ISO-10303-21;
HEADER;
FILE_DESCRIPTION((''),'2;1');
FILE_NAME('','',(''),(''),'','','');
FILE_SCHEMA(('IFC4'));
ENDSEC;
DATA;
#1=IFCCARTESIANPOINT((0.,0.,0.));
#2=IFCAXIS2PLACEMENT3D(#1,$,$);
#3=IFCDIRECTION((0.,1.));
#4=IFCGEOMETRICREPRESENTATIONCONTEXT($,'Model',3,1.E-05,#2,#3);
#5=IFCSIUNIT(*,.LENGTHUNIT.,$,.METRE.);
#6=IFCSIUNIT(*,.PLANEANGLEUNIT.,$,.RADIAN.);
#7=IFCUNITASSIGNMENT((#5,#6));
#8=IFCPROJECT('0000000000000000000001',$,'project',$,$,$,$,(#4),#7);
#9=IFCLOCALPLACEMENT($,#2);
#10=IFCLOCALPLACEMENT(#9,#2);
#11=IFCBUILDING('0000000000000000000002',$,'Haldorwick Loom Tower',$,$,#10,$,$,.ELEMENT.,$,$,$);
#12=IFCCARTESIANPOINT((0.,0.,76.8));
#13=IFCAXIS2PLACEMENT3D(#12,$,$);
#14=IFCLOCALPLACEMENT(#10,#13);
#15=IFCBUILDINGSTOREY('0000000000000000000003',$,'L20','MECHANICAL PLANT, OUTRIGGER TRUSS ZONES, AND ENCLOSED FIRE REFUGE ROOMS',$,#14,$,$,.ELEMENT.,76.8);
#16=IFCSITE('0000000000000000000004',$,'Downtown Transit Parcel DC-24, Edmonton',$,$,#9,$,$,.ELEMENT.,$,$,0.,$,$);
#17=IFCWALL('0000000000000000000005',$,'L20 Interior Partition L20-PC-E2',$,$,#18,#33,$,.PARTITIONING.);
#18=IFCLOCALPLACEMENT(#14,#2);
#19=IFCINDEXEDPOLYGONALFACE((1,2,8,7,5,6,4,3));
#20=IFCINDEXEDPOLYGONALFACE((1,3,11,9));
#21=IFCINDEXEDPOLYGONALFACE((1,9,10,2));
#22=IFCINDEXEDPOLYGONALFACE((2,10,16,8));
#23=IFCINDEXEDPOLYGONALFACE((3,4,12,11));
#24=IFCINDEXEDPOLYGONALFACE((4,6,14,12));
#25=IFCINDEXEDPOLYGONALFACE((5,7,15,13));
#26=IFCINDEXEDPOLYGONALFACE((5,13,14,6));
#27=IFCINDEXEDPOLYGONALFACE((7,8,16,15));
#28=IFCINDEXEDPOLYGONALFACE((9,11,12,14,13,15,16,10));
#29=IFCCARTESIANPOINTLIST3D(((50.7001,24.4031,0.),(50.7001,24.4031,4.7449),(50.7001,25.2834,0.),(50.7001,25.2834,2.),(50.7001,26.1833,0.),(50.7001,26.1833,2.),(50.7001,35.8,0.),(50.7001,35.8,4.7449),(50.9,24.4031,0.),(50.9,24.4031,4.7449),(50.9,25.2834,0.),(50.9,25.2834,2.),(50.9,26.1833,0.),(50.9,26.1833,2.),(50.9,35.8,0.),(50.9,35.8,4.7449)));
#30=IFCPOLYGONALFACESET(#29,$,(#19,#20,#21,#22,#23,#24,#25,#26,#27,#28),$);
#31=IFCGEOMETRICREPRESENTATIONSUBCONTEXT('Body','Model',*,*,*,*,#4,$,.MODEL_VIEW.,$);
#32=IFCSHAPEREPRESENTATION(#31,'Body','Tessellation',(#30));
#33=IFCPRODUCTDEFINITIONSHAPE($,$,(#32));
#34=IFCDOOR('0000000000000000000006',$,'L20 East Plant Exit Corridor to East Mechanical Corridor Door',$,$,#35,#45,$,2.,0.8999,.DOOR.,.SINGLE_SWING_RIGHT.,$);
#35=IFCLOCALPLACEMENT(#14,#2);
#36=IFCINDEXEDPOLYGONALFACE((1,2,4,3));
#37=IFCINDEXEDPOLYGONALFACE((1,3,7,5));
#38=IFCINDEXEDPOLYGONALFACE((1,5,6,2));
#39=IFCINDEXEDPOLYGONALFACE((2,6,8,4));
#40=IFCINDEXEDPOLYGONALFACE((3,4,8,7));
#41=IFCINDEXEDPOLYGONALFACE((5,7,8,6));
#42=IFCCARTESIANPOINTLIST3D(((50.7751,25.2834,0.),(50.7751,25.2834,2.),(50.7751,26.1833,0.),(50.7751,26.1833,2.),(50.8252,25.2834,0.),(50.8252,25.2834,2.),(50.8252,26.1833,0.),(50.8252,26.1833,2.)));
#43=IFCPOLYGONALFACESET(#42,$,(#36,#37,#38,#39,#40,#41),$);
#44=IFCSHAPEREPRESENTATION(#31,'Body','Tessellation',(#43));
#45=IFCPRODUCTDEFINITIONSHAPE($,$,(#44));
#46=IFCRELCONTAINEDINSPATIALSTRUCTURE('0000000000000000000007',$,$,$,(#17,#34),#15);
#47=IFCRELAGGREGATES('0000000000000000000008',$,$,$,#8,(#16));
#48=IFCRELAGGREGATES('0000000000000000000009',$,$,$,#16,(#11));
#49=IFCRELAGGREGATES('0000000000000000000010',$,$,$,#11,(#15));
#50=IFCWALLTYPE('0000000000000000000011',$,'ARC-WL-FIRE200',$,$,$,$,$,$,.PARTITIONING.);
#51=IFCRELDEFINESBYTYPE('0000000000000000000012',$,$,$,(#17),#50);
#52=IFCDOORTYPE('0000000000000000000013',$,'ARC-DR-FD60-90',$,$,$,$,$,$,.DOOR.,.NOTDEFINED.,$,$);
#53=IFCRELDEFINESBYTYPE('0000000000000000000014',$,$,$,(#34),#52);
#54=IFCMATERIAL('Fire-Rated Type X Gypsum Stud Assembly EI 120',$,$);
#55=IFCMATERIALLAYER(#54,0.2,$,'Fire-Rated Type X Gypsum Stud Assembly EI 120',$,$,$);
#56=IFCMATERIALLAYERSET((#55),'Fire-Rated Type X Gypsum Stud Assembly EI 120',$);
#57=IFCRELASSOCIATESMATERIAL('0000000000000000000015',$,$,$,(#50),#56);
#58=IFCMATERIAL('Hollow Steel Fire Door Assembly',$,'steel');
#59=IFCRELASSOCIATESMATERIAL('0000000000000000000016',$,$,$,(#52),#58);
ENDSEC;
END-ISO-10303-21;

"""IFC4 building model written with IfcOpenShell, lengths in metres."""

from ifc_helpers import new_model, si_unit, direction, frame, frame_2d, origin, place, context, subcontext, project, spatial, rectangle, extrude, material, layer, layer_set, type_object, element, fill, save


model = new_model("IFC4")

# Units and contexts
model_context = context("Model", 3, precision=1e-05, world=origin(), true_north=direction((0.0, 1.0)))
body_context = subcontext(model_context, "Body", "Model", "MODEL_VIEW")
ifc_project = project(units=[si_unit("LENGTHUNIT", "METRE"), si_unit("PLANEANGLEUNIT", "RADIAN")], contexts=[model_context])

# Site, building, storey
site_placement = place(None, origin())
site = spatial("IfcSite", under=ifc_project, at=site_placement, Name="Downtown Transit Parcel DC-24, Edmonton", CompositionType="ELEMENT", RefElevation=0.0)
building_placement = place(site_placement, origin())
building = spatial("IfcBuilding", under=site, at=building_placement, Name="Haldorwick Loom Tower", CompositionType="ELEMENT")
storey_placement = place(building_placement, frame((0.0, 0.0, 76.8)))
storey = spatial("IfcBuildingStorey", under=building, at=storey_placement, Name="L20", Description="MECHANICAL PLANT, OUTRIGGER TRUSS ZONES, AND ENCLOSED FIRE REFUGE ROOMS", CompositionType="ELEMENT", Elevation=76.8)

# Shared definitions
ifc_material_1 = material(Name="Fire-Rated Type X Gypsum Stud Assembly EI 120")
ifc_layer_1 = layer(ifc_material_1, 0.2, Name="Fire-Rated Type X Gypsum Stud Assembly EI 120")
ifc_layer_set_1 = layer_set([ifc_layer_1], Name="Fire-Rated Type X Gypsum Stud Assembly EI 120")
wall_type_1 = type_object("IfcWallType", Name="ARC-WL-FIRE200", PredefinedType="PARTITIONING", material=ifc_layer_set_1)

# Shared definitions
ifc_material_2 = material(Name="Hollow Steel Fire Door Assembly", Category="steel")
door_type_1 = type_object("IfcDoorType", Name="ARC-DR-FD60-90", OperationType="NOTDEFINED", PredefinedType="DOOR", material=ifc_material_2)

# Wall, opening, door
wall_1_placement = place(storey_placement, frame((50.8, 24.4031, 0.0), z_axis=(0.0, 0.0, 1.0), x_axis=(0.0, 1.0, 0.0)))
wall_1 = element("IfcWall", 1, at=wall_1_placement, inside=storey, type_object=wall_type_1, Name="L20 Interior Partition L20-PC-E2", PredefinedType="PARTITIONING", context=body_context, shape_type="SweptSolid", body=[
    extrude(rectangle(XDim=11.397, YDim=0.2, at=frame_2d((5.6985, 0.0))), origin(), (0.0, 0.0, 1.0), 4.7449),
])
opening_1_placement = place(wall_1_placement, frame((0.8804, 0.0, 0.0)))
opening_1 = element("IfcOpeningElement", 2, at=opening_1_placement, cuts=wall_1, PredefinedType="OPENING", context=body_context, shape_type="SweptSolid", body=[
    extrude(rectangle(XDim=0.8999, YDim=2.0, at=frame_2d((0.45, 1.0))), frame((0.0, 0.1099, 0.0), z_axis=(0.0, -1.0, 0.0), x_axis=(1.0, 0.0, 0.0)), (0.0, 0.0, 1.0), 0.22),
])
door_1_placement = place(opening_1_placement, origin())
door_1 = element("IfcDoor", 3, at=door_1_placement, inside=storey, type_object=door_type_1, Name="L20 East Plant Exit Corridor to East Mechanical Corridor Door", OperationType="SINGLE_SWING_RIGHT", OverallHeight=2.0, OverallWidth=0.8999, PredefinedType="DOOR", context=body_context, shape_type="SweptSolid", body=[
    extrude(rectangle(XDim=0.8999, YDim=2.0, at=frame_2d((0.45, 1.0))), frame((0.0, 0.0249, 0.0), z_axis=(0.0, -1.0, 0.0), x_axis=(1.0, 0.0, 0.0)), (0.0, 0.0, 1.0), 0.05),
])
fill(opening_1, door_1)

save(model, "model.ifc")
